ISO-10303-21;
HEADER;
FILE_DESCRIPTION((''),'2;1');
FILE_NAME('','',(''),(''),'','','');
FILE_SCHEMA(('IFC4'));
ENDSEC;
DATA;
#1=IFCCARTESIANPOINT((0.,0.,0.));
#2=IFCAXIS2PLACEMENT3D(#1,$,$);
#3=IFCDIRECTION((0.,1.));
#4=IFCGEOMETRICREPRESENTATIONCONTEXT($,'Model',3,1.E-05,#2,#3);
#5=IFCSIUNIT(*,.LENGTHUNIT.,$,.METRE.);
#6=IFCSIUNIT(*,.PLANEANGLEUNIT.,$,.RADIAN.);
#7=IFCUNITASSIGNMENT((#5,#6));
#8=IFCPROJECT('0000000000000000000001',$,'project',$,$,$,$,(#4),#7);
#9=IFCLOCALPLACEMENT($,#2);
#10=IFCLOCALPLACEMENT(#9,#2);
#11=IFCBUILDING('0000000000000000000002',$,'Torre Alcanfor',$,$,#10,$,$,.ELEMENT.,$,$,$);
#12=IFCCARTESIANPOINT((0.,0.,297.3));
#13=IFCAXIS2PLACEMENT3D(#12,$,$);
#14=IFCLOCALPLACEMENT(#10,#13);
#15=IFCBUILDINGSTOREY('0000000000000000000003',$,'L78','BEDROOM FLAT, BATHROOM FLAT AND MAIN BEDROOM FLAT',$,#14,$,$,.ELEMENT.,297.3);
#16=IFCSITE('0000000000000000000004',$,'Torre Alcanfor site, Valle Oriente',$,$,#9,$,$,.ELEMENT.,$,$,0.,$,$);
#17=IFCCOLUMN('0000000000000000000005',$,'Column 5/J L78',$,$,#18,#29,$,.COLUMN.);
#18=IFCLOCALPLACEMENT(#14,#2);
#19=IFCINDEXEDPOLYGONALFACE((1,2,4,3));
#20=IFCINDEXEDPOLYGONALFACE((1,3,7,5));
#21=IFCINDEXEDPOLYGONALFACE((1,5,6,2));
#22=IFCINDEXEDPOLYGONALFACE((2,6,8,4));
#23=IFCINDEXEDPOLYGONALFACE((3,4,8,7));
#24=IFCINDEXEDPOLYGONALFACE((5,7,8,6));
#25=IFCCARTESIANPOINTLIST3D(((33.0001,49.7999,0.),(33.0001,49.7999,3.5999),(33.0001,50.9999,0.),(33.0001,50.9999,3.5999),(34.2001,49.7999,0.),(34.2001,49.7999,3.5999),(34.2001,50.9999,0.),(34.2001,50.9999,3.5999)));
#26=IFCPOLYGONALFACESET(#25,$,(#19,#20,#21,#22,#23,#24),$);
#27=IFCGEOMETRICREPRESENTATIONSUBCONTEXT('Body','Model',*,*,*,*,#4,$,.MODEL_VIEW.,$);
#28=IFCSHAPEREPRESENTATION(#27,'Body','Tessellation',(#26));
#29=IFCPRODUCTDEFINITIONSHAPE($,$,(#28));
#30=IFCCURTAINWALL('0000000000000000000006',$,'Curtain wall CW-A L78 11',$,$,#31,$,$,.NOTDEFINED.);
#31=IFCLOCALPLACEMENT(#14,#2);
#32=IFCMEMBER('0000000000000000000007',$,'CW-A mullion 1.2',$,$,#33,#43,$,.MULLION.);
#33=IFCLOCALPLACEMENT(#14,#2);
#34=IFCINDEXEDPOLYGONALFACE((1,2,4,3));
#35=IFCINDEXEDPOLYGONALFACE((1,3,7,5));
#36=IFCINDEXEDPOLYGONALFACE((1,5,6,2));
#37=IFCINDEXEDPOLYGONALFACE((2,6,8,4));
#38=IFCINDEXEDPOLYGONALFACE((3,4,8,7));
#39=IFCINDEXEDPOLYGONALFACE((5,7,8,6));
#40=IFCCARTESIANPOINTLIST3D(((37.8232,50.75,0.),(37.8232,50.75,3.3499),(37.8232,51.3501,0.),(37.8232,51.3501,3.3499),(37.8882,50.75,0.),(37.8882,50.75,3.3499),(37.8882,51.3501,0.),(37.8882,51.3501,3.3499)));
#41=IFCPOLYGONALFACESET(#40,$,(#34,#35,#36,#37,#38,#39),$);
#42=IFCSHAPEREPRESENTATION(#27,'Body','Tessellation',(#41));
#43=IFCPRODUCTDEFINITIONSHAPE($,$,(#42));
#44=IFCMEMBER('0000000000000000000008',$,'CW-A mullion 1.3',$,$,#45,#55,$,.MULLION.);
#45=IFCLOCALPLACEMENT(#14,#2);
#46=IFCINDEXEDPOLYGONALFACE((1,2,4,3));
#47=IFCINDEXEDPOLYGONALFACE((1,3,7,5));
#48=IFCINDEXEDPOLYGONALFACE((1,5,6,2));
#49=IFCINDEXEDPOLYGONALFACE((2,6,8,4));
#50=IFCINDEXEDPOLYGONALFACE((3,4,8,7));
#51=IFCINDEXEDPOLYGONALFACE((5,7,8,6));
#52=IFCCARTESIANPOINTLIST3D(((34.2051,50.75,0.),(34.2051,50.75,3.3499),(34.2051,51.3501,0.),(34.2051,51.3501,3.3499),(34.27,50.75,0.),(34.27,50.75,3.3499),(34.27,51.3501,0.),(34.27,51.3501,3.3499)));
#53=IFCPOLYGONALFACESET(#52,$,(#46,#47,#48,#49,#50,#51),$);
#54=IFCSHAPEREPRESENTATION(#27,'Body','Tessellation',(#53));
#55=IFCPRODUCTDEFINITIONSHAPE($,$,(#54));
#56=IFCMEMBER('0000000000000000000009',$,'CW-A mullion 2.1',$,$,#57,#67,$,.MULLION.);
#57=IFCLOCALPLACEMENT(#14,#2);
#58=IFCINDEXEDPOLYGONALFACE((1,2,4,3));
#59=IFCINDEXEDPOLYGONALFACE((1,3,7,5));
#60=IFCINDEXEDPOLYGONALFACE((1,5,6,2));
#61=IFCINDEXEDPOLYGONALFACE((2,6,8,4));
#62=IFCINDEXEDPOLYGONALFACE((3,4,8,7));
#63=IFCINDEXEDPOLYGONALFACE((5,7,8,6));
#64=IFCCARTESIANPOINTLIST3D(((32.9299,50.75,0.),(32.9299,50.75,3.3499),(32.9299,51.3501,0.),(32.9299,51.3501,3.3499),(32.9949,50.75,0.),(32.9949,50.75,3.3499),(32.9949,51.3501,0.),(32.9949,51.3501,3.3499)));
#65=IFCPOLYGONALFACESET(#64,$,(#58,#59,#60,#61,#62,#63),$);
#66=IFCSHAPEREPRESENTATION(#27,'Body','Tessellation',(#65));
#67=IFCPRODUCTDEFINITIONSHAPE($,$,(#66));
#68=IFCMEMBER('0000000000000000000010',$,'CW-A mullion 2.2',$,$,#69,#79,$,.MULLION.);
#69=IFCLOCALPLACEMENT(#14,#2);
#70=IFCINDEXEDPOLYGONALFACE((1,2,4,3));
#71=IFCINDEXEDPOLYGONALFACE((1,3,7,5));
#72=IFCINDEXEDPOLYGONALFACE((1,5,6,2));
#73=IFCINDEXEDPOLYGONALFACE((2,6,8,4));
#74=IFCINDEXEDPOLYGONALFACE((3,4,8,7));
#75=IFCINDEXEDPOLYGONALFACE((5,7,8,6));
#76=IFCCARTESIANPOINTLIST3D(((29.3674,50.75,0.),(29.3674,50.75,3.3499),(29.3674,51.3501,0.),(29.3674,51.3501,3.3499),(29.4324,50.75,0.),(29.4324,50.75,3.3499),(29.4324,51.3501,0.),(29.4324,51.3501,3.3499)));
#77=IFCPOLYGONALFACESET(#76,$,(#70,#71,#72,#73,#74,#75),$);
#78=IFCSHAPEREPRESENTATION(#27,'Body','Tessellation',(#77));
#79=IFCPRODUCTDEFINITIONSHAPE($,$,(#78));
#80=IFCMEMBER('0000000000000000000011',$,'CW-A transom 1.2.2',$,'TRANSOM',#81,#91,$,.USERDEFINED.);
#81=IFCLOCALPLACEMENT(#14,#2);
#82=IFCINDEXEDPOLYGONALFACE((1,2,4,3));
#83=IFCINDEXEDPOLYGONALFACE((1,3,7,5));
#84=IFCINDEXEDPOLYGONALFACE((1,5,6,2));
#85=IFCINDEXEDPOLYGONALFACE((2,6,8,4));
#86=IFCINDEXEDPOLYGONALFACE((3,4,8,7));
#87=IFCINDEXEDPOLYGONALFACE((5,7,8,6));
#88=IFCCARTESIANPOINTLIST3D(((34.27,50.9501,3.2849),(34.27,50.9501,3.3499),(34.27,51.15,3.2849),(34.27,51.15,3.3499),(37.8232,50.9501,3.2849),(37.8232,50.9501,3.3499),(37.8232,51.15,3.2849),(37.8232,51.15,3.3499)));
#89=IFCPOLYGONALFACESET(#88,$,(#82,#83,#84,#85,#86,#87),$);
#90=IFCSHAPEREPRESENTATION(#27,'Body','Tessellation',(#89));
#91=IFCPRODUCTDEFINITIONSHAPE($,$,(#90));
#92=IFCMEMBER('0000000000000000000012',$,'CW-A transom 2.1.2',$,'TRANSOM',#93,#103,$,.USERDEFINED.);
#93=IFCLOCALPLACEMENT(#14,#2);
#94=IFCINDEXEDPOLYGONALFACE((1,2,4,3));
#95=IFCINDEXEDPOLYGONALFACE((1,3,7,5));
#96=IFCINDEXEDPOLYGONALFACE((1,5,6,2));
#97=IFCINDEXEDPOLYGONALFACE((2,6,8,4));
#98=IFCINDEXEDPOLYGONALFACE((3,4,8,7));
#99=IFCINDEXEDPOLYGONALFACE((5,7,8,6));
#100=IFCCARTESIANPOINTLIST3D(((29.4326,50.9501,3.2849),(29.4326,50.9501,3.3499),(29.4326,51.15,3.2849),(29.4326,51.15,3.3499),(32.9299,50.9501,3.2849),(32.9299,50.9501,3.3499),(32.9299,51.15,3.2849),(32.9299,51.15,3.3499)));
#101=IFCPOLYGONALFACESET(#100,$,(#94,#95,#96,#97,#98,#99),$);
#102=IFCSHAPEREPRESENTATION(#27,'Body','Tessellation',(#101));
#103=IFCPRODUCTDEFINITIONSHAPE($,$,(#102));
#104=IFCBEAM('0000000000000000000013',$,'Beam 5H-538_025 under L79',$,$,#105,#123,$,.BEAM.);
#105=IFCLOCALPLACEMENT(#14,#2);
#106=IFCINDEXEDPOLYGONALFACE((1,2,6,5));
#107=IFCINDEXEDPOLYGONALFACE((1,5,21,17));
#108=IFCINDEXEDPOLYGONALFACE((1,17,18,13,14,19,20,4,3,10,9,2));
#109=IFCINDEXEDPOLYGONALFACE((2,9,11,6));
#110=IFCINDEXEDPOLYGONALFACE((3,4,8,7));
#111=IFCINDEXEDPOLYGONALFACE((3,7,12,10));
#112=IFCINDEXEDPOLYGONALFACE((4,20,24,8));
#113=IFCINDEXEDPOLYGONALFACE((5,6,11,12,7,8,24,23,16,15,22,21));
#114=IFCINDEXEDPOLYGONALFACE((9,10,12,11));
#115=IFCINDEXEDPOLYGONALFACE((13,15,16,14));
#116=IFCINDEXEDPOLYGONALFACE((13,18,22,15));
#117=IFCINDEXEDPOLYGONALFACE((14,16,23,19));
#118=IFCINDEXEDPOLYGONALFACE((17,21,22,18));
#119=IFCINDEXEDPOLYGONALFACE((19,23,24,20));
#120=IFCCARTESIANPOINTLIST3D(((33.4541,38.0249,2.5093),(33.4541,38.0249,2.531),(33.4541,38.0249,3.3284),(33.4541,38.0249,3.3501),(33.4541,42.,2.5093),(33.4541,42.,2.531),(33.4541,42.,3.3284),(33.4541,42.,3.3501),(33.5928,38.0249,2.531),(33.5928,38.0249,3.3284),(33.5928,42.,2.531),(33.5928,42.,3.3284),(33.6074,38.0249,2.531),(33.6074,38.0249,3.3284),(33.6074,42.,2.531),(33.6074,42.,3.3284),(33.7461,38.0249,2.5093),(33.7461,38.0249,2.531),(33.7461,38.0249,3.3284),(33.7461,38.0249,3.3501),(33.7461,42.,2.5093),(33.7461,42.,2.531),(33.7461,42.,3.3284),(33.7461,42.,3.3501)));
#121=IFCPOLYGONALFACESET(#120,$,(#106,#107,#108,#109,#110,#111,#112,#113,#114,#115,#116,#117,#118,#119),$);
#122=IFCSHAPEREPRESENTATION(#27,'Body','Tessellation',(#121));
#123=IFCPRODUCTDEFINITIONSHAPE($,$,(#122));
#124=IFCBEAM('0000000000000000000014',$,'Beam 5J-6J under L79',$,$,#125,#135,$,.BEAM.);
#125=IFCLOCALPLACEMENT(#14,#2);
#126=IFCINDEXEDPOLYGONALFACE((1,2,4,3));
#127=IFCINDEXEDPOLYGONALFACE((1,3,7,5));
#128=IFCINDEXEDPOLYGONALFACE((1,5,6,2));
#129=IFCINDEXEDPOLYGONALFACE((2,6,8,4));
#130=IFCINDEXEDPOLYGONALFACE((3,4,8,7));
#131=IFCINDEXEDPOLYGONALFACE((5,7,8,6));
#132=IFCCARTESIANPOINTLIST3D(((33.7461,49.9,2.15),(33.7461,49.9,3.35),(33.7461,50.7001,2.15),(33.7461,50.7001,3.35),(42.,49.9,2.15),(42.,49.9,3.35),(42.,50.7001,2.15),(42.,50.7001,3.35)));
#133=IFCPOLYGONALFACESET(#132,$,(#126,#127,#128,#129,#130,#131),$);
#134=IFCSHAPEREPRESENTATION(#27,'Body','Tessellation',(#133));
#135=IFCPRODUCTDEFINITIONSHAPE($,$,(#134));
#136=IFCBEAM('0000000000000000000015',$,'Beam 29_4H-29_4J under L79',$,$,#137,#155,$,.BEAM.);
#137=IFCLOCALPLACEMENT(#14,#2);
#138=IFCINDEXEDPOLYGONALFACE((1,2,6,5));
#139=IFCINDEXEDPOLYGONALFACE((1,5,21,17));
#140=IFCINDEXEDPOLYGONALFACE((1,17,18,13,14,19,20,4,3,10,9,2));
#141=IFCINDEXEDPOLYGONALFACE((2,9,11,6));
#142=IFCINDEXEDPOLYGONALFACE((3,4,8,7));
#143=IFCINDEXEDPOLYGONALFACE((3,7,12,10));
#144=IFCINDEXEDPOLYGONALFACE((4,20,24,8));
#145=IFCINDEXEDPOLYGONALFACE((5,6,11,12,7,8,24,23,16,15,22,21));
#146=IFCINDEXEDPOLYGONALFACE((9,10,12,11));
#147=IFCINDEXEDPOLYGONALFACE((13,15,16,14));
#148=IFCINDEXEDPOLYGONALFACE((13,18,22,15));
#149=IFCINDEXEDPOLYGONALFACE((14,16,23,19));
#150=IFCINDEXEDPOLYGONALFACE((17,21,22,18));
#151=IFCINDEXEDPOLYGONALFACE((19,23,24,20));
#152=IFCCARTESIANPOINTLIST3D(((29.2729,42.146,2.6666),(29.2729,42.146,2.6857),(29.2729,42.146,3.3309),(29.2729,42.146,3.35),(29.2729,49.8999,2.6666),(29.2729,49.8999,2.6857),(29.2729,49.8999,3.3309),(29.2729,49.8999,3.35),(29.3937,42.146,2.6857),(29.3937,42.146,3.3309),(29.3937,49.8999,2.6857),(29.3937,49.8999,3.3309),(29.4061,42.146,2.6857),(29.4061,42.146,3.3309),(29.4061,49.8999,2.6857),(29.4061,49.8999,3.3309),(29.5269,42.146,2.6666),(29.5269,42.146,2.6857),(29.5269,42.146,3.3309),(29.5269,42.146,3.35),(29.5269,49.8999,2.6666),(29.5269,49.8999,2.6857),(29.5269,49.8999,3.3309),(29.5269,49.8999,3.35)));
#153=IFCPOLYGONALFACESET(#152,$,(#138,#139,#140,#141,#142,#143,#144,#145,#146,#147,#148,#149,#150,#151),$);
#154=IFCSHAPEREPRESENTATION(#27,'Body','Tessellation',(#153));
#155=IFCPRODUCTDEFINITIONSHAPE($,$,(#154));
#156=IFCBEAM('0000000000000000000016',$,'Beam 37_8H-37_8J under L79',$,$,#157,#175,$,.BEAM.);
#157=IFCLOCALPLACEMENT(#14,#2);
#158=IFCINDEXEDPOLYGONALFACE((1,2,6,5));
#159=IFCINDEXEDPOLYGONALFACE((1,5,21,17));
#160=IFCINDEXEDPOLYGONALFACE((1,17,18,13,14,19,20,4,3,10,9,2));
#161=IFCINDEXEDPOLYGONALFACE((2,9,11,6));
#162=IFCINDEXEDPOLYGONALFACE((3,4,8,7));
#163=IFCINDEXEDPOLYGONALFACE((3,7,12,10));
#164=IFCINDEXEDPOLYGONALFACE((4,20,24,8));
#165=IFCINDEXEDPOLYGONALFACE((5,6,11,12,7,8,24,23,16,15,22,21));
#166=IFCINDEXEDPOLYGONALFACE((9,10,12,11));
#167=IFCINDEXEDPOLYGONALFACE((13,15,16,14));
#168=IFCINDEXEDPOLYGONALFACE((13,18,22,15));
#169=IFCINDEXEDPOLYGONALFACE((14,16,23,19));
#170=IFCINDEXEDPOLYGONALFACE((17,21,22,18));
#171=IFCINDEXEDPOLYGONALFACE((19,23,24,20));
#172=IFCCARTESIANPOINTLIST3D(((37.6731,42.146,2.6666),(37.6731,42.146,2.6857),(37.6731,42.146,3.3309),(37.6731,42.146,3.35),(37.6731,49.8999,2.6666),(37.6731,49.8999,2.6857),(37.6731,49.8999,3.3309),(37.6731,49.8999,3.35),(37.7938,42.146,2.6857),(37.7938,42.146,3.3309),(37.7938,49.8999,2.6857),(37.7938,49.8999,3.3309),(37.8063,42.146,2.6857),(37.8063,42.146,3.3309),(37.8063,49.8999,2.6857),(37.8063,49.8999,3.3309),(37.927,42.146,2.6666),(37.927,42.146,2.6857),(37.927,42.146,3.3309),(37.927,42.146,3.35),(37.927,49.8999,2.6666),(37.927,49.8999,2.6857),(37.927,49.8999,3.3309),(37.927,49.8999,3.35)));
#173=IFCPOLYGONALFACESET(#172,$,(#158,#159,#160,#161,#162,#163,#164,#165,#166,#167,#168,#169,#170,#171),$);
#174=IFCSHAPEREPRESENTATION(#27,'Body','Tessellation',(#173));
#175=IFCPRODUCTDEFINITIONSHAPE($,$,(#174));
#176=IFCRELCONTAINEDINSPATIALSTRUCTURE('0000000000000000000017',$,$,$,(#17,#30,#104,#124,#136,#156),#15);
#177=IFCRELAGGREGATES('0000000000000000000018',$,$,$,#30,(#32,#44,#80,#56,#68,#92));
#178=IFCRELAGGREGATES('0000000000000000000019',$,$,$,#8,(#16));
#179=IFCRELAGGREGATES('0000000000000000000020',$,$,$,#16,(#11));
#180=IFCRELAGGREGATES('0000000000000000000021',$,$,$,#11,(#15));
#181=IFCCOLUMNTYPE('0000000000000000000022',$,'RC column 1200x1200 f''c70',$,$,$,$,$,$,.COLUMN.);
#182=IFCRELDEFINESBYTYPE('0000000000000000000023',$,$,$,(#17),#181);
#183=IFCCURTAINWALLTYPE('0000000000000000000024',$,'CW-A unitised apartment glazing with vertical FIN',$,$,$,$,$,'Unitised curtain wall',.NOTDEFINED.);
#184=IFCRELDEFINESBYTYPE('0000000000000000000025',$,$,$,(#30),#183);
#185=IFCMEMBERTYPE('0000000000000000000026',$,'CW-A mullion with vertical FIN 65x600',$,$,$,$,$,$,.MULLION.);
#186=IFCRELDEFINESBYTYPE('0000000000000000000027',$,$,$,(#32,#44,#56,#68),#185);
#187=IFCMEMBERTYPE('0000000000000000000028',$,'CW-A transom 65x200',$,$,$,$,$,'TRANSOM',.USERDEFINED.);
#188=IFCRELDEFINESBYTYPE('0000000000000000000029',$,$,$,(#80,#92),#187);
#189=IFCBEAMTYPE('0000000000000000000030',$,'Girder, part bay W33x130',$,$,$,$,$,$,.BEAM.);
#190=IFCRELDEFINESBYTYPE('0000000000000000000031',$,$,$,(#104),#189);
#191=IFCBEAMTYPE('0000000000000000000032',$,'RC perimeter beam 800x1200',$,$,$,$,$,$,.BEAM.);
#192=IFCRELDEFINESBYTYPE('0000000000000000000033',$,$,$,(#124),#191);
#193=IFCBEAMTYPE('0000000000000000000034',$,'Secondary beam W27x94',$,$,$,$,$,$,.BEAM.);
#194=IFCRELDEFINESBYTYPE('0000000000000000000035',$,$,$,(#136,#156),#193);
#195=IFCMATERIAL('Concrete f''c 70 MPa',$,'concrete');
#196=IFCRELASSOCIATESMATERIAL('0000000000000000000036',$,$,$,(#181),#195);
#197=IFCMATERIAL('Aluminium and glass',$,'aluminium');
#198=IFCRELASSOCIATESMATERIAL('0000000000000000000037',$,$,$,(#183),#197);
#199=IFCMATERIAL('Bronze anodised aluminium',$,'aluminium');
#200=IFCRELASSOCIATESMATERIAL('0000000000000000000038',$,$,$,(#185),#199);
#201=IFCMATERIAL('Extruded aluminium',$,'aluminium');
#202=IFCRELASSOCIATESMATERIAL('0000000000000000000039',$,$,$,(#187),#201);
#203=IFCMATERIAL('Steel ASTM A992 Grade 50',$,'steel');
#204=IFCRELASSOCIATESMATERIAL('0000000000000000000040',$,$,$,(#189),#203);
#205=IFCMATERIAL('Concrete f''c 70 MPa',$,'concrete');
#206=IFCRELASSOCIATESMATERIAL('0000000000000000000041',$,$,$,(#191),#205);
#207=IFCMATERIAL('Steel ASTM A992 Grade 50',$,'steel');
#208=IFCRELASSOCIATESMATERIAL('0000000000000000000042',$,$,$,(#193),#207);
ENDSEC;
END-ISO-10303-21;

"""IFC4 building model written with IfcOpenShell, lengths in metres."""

from ifc_helpers import new_model, si_unit, direction, frame, origin, origin_2d, place, context, subcontext, project, spatial, rectangle, i_section, extrude, material, material_profile, profile_set, type_object, element, aggregate, save


model = new_model("IFC4")

# Units and contexts
model_context = context("Model", 3, precision=1e-05, world=origin(), true_north=direction((0.0, 1.0)))
body_context = subcontext(model_context, "Body", "Model", "MODEL_VIEW")
ifc_project = project(units=[si_unit("LENGTHUNIT", "METRE"), si_unit("PLANEANGLEUNIT", "RADIAN")], contexts=[model_context])

# Site, building, storey
site_placement = place(None, origin())
site = spatial("IfcSite", under=ifc_project, at=site_placement, Name="Torre Alcanfor site, Valle Oriente", CompositionType="ELEMENT", RefElevation=0.0)
building_placement = place(site_placement, origin())
building = spatial("IfcBuilding", under=site, at=building_placement, Name="Torre Alcanfor", CompositionType="ELEMENT")
storey_placement = place(building_placement, frame((0.0, 0.0, 297.3)))
storey = spatial("IfcBuildingStorey", under=building, at=storey_placement, Name="L78", Description="BEDROOM FLAT, BATHROOM FLAT AND MAIN BEDROOM FLAT", CompositionType="ELEMENT", Elevation=297.3)

# Column
ifc_material_1 = material(Name="Concrete f'c 70 MPa", Category="concrete")
ifc_material_profile_1 = material_profile(ifc_material_1, rectangle(XDim=1.2, YDim=1.2, at=origin_2d()), Name="1200x1200")
ifc_profile_set_1 = profile_set([ifc_material_profile_1], Name="Concrete f'c 70 MPa")
column_type = type_object("IfcColumnType", Name="RC column 1200x1200 f'c70", PredefinedType="COLUMN", material=ifc_profile_set_1)
column_placement = place(storey_placement, frame((33.6001, 50.3999, 0.0), z_axis=(0.0, 0.0, 1.0), x_axis=(1.0, 0.0, 0.0)))
element("IfcColumn", 1, at=column_placement, inside=storey, type_object=column_type, Name="Column 5/J L78", PredefinedType="COLUMN", context=body_context, shape_type="SweptSolid", body=[
    extrude(rectangle(XDim=1.2, YDim=1.2, at=origin_2d()), origin(), (0.0, 0.0, 1.0), 3.5999),
])

# Curtain wall, members
ifc_material_2 = material(Name="Aluminium and glass", Category="aluminium")
curtain_wall_type = type_object("IfcCurtainWallType", Name="CW-A unitised apartment glazing with vertical FIN", ElementType="Unitised curtain wall", PredefinedType="NOTDEFINED", material=ifc_material_2)
curtain_wall_placement = place(storey_placement, origin())
curtain_wall = element("IfcCurtainWall", 2, at=curtain_wall_placement, inside=storey, type_object=curtain_wall_type, Name="Curtain wall CW-A L78 11", PredefinedType="NOTDEFINED")
ifc_material_3 = material(Name="Bronze anodised aluminium", Category="aluminium")
ifc_material_profile_2 = material_profile(ifc_material_3, rectangle(XDim=0.6001, YDim=0.0649, at=origin_2d()), Name="CW-A mullion 65x600")
ifc_profile_set_2 = profile_set([ifc_material_profile_2], Name="Bronze anodised aluminium")
member_type_1 = type_object("IfcMemberType", Name="CW-A mullion with vertical FIN 65x600", PredefinedType="MULLION", material=ifc_profile_set_2)
member_1_placement = place(storey_placement, frame((37.8557, 51.05, 0.0), z_axis=(0.0, 0.0, 1.0), x_axis=(0.0, -1.0, 0.0)))
member_1 = element("IfcMember", 3, at=member_1_placement, type_object=member_type_1, Name="CW-A mullion 1.2", PredefinedType="MULLION", context=body_context, shape_type="SweptSolid", body=[
    extrude(rectangle(XDim=0.6001, YDim=0.0649, at=origin_2d()), origin(), (0.0, 0.0, 1.0), 3.3499),
])
member_2_placement = place(storey_placement, frame((34.2375, 51.05, 0.0), z_axis=(0.0, 0.0, 1.0), x_axis=(0.0, -1.0, 0.0)))
member_2 = element("IfcMember", 4, at=member_2_placement, type_object=member_type_1, Name="CW-A mullion 1.3", PredefinedType="MULLION", context=body_context, shape_type="SweptSolid", body=[
    extrude(rectangle(XDim=0.6001, YDim=0.0649, at=origin_2d()), origin(), (0.0, 0.0, 1.0), 3.3499),
])
member_3_placement = place(storey_placement, frame((32.9624, 51.05, 0.0), z_axis=(0.0, 0.0, 1.0), x_axis=(0.0, -1.0, 0.0)))
member_3 = element("IfcMember", 5, at=member_3_placement, type_object=member_type_1, Name="CW-A mullion 2.1", PredefinedType="MULLION", context=body_context, shape_type="SweptSolid", body=[
    extrude(rectangle(XDim=0.6001, YDim=0.0649, at=origin_2d()), origin(), (0.0, 0.0, 1.0), 3.3499),
])
member_4_placement = place(storey_placement, frame((29.3999, 51.05, 0.0), z_axis=(0.0, 0.0, 1.0), x_axis=(0.0, -1.0, 0.0)))
member_4 = element("IfcMember", 6, at=member_4_placement, type_object=member_type_1, Name="CW-A mullion 2.2", PredefinedType="MULLION", context=body_context, shape_type="SweptSolid", body=[
    extrude(rectangle(XDim=0.6001, YDim=0.0649, at=origin_2d()), origin(), (0.0, 0.0, 1.0), 3.3499),
])
ifc_material_4 = material(Name="Extruded aluminium", Category="aluminium")
ifc_material_profile_3 = material_profile(ifc_material_4, rectangle(XDim=0.2, YDim=0.0649, at=origin_2d()), Name="CW-A transom 200x65")
ifc_profile_set_3 = profile_set([ifc_material_profile_3], Name="Extruded aluminium")
member_type_2 = type_object("IfcMemberType", Name="CW-A transom 65x200", ElementType="TRANSOM", PredefinedType="USERDEFINED", material=ifc_profile_set_3)
member_5_placement = place(storey_placement, frame((37.8232, 51.05, 3.3174), z_axis=(-1.0, 0.0, 0.0), x_axis=(0.0, -1.0, 0.0)))
member_5 = element("IfcMember", 7, at=member_5_placement, type_object=member_type_2, Name="CW-A transom 1.2.2", ObjectType="TRANSOM", PredefinedType="USERDEFINED", context=body_context, shape_type="SweptSolid", body=[
    extrude(rectangle(XDim=0.2, YDim=0.0649, at=origin_2d()), origin(), (0.0, 0.0, 1.0), 3.5532),
])
member_6_placement = place(storey_placement, frame((32.9299, 51.05, 3.3174), z_axis=(-1.0, 0.0, 0.0), x_axis=(0.0, -1.0, 0.0)))
member_6 = element("IfcMember", 8, at=member_6_placement, type_object=member_type_2, Name="CW-A transom 2.1.2", ObjectType="TRANSOM", PredefinedType="USERDEFINED", context=body_context, shape_type="SweptSolid", body=[
    extrude(rectangle(XDim=0.2, YDim=0.0649, at=origin_2d()), origin(), (0.0, 0.0, 1.0), 3.4973),
])

# Beams
ifc_material_5 = material(Name="Steel ASTM A992 Grade 50", Category="steel")
ifc_material_profile_4 = material_profile(ifc_material_5, i_section(OverallWidth=0.292, OverallDepth=0.8408, WebThickness=0.0146, FlangeThickness=0.0217, at=origin_2d()), Name="W33x130")
ifc_profile_set_4 = profile_set([ifc_material_profile_4], Name="Steel ASTM A992 Grade 50")
beam_type_1 = type_object("IfcBeamType", Name="Girder, part bay W33x130", PredefinedType="BEAM", material=ifc_profile_set_4)
beam_1_placement = place(storey_placement, frame((33.6001, 42.0, 2.9297), z_axis=(0.0, -1.0, 0.0), x_axis=(1.0, 0.0, 0.0)))
element("IfcBeam", 9, at=beam_1_placement, inside=storey, type_object=beam_type_1, Name="Beam 5H-538_025 under L79", PredefinedType="BEAM", context=body_context, shape_type="SweptSolid", body=[
    extrude(i_section(OverallWidth=0.292, OverallDepth=0.8408, WebThickness=0.0146, FlangeThickness=0.0217, at=origin_2d()), origin(), (0.0, 0.0, 1.0), 3.9751),
])
ifc_material_6 = material(Name="Concrete f'c 70 MPa", Category="concrete")
ifc_material_profile_5 = material_profile(ifc_material_6, rectangle(XDim=0.8, YDim=1.2, at=origin_2d()), Name="800x1200")
ifc_profile_set_5 = profile_set([ifc_material_profile_5], Name="Concrete f'c 70 MPa")
beam_type_2 = type_object("IfcBeamType", Name="RC perimeter beam 800x1200", PredefinedType="BEAM", material=ifc_profile_set_5)
beam_2_placement = place(storey_placement, frame((33.7461, 50.3, 2.75), z_axis=(1.0, 0.0, 0.0), x_axis=(0.0, 1.0, 0.0)))
element("IfcBeam", 10, at=beam_2_placement, inside=storey, type_object=beam_type_2, Name="Beam 5J-6J under L79", PredefinedType="BEAM", context=body_context, shape_type="SweptSolid", body=[
    extrude(rectangle(XDim=0.8, YDim=1.2, at=origin_2d()), origin(), (0.0, 0.0, 1.0), 8.2539),
])
ifc_material_7 = material(Name="Steel ASTM A992 Grade 50", Category="steel")
ifc_material_profile_6 = material_profile(ifc_material_7, i_section(OverallWidth=0.2539, OverallDepth=0.6833, WebThickness=0.0125, FlangeThickness=0.019, at=origin_2d()), Name="W27x94")
ifc_profile_set_6 = profile_set([ifc_material_profile_6], Name="Steel ASTM A992 Grade 50")
beam_type_3 = type_object("IfcBeamType", Name="Secondary beam W27x94", PredefinedType="BEAM", material=ifc_profile_set_6)
for number, where, z_axis, x_axis, name in (
    (11, (29.3999, 42.146, 3.0083), (0.0, 1.0, 0.0), (-1.0, 0.0, 0.0), "Beam 29_4H-29_4J under L79"),
    (12, (37.8, 42.146, 3.0083), (0.0, 1.0, 0.0), (-1.0, 0.0, 0.0), "Beam 37_8H-37_8J under L79"),
):
    element("IfcBeam", number, at=place(storey_placement, frame(where, z_axis=z_axis, x_axis=x_axis)), inside=storey, type_object=beam_type_3, Name=name, PredefinedType="BEAM", context=body_context, shape_type="SweptSolid", body=[
        extrude(i_section(OverallWidth=0.2539, OverallDepth=0.6833, WebThickness=0.0125, FlangeThickness=0.019, at=origin_2d()), origin(), (0.0, 0.0, 1.0), 7.7539),
    ])

aggregate(curtain_wall, [member_1, member_2, member_5, member_3, member_4, member_6])

save(model, "model.ifc")
